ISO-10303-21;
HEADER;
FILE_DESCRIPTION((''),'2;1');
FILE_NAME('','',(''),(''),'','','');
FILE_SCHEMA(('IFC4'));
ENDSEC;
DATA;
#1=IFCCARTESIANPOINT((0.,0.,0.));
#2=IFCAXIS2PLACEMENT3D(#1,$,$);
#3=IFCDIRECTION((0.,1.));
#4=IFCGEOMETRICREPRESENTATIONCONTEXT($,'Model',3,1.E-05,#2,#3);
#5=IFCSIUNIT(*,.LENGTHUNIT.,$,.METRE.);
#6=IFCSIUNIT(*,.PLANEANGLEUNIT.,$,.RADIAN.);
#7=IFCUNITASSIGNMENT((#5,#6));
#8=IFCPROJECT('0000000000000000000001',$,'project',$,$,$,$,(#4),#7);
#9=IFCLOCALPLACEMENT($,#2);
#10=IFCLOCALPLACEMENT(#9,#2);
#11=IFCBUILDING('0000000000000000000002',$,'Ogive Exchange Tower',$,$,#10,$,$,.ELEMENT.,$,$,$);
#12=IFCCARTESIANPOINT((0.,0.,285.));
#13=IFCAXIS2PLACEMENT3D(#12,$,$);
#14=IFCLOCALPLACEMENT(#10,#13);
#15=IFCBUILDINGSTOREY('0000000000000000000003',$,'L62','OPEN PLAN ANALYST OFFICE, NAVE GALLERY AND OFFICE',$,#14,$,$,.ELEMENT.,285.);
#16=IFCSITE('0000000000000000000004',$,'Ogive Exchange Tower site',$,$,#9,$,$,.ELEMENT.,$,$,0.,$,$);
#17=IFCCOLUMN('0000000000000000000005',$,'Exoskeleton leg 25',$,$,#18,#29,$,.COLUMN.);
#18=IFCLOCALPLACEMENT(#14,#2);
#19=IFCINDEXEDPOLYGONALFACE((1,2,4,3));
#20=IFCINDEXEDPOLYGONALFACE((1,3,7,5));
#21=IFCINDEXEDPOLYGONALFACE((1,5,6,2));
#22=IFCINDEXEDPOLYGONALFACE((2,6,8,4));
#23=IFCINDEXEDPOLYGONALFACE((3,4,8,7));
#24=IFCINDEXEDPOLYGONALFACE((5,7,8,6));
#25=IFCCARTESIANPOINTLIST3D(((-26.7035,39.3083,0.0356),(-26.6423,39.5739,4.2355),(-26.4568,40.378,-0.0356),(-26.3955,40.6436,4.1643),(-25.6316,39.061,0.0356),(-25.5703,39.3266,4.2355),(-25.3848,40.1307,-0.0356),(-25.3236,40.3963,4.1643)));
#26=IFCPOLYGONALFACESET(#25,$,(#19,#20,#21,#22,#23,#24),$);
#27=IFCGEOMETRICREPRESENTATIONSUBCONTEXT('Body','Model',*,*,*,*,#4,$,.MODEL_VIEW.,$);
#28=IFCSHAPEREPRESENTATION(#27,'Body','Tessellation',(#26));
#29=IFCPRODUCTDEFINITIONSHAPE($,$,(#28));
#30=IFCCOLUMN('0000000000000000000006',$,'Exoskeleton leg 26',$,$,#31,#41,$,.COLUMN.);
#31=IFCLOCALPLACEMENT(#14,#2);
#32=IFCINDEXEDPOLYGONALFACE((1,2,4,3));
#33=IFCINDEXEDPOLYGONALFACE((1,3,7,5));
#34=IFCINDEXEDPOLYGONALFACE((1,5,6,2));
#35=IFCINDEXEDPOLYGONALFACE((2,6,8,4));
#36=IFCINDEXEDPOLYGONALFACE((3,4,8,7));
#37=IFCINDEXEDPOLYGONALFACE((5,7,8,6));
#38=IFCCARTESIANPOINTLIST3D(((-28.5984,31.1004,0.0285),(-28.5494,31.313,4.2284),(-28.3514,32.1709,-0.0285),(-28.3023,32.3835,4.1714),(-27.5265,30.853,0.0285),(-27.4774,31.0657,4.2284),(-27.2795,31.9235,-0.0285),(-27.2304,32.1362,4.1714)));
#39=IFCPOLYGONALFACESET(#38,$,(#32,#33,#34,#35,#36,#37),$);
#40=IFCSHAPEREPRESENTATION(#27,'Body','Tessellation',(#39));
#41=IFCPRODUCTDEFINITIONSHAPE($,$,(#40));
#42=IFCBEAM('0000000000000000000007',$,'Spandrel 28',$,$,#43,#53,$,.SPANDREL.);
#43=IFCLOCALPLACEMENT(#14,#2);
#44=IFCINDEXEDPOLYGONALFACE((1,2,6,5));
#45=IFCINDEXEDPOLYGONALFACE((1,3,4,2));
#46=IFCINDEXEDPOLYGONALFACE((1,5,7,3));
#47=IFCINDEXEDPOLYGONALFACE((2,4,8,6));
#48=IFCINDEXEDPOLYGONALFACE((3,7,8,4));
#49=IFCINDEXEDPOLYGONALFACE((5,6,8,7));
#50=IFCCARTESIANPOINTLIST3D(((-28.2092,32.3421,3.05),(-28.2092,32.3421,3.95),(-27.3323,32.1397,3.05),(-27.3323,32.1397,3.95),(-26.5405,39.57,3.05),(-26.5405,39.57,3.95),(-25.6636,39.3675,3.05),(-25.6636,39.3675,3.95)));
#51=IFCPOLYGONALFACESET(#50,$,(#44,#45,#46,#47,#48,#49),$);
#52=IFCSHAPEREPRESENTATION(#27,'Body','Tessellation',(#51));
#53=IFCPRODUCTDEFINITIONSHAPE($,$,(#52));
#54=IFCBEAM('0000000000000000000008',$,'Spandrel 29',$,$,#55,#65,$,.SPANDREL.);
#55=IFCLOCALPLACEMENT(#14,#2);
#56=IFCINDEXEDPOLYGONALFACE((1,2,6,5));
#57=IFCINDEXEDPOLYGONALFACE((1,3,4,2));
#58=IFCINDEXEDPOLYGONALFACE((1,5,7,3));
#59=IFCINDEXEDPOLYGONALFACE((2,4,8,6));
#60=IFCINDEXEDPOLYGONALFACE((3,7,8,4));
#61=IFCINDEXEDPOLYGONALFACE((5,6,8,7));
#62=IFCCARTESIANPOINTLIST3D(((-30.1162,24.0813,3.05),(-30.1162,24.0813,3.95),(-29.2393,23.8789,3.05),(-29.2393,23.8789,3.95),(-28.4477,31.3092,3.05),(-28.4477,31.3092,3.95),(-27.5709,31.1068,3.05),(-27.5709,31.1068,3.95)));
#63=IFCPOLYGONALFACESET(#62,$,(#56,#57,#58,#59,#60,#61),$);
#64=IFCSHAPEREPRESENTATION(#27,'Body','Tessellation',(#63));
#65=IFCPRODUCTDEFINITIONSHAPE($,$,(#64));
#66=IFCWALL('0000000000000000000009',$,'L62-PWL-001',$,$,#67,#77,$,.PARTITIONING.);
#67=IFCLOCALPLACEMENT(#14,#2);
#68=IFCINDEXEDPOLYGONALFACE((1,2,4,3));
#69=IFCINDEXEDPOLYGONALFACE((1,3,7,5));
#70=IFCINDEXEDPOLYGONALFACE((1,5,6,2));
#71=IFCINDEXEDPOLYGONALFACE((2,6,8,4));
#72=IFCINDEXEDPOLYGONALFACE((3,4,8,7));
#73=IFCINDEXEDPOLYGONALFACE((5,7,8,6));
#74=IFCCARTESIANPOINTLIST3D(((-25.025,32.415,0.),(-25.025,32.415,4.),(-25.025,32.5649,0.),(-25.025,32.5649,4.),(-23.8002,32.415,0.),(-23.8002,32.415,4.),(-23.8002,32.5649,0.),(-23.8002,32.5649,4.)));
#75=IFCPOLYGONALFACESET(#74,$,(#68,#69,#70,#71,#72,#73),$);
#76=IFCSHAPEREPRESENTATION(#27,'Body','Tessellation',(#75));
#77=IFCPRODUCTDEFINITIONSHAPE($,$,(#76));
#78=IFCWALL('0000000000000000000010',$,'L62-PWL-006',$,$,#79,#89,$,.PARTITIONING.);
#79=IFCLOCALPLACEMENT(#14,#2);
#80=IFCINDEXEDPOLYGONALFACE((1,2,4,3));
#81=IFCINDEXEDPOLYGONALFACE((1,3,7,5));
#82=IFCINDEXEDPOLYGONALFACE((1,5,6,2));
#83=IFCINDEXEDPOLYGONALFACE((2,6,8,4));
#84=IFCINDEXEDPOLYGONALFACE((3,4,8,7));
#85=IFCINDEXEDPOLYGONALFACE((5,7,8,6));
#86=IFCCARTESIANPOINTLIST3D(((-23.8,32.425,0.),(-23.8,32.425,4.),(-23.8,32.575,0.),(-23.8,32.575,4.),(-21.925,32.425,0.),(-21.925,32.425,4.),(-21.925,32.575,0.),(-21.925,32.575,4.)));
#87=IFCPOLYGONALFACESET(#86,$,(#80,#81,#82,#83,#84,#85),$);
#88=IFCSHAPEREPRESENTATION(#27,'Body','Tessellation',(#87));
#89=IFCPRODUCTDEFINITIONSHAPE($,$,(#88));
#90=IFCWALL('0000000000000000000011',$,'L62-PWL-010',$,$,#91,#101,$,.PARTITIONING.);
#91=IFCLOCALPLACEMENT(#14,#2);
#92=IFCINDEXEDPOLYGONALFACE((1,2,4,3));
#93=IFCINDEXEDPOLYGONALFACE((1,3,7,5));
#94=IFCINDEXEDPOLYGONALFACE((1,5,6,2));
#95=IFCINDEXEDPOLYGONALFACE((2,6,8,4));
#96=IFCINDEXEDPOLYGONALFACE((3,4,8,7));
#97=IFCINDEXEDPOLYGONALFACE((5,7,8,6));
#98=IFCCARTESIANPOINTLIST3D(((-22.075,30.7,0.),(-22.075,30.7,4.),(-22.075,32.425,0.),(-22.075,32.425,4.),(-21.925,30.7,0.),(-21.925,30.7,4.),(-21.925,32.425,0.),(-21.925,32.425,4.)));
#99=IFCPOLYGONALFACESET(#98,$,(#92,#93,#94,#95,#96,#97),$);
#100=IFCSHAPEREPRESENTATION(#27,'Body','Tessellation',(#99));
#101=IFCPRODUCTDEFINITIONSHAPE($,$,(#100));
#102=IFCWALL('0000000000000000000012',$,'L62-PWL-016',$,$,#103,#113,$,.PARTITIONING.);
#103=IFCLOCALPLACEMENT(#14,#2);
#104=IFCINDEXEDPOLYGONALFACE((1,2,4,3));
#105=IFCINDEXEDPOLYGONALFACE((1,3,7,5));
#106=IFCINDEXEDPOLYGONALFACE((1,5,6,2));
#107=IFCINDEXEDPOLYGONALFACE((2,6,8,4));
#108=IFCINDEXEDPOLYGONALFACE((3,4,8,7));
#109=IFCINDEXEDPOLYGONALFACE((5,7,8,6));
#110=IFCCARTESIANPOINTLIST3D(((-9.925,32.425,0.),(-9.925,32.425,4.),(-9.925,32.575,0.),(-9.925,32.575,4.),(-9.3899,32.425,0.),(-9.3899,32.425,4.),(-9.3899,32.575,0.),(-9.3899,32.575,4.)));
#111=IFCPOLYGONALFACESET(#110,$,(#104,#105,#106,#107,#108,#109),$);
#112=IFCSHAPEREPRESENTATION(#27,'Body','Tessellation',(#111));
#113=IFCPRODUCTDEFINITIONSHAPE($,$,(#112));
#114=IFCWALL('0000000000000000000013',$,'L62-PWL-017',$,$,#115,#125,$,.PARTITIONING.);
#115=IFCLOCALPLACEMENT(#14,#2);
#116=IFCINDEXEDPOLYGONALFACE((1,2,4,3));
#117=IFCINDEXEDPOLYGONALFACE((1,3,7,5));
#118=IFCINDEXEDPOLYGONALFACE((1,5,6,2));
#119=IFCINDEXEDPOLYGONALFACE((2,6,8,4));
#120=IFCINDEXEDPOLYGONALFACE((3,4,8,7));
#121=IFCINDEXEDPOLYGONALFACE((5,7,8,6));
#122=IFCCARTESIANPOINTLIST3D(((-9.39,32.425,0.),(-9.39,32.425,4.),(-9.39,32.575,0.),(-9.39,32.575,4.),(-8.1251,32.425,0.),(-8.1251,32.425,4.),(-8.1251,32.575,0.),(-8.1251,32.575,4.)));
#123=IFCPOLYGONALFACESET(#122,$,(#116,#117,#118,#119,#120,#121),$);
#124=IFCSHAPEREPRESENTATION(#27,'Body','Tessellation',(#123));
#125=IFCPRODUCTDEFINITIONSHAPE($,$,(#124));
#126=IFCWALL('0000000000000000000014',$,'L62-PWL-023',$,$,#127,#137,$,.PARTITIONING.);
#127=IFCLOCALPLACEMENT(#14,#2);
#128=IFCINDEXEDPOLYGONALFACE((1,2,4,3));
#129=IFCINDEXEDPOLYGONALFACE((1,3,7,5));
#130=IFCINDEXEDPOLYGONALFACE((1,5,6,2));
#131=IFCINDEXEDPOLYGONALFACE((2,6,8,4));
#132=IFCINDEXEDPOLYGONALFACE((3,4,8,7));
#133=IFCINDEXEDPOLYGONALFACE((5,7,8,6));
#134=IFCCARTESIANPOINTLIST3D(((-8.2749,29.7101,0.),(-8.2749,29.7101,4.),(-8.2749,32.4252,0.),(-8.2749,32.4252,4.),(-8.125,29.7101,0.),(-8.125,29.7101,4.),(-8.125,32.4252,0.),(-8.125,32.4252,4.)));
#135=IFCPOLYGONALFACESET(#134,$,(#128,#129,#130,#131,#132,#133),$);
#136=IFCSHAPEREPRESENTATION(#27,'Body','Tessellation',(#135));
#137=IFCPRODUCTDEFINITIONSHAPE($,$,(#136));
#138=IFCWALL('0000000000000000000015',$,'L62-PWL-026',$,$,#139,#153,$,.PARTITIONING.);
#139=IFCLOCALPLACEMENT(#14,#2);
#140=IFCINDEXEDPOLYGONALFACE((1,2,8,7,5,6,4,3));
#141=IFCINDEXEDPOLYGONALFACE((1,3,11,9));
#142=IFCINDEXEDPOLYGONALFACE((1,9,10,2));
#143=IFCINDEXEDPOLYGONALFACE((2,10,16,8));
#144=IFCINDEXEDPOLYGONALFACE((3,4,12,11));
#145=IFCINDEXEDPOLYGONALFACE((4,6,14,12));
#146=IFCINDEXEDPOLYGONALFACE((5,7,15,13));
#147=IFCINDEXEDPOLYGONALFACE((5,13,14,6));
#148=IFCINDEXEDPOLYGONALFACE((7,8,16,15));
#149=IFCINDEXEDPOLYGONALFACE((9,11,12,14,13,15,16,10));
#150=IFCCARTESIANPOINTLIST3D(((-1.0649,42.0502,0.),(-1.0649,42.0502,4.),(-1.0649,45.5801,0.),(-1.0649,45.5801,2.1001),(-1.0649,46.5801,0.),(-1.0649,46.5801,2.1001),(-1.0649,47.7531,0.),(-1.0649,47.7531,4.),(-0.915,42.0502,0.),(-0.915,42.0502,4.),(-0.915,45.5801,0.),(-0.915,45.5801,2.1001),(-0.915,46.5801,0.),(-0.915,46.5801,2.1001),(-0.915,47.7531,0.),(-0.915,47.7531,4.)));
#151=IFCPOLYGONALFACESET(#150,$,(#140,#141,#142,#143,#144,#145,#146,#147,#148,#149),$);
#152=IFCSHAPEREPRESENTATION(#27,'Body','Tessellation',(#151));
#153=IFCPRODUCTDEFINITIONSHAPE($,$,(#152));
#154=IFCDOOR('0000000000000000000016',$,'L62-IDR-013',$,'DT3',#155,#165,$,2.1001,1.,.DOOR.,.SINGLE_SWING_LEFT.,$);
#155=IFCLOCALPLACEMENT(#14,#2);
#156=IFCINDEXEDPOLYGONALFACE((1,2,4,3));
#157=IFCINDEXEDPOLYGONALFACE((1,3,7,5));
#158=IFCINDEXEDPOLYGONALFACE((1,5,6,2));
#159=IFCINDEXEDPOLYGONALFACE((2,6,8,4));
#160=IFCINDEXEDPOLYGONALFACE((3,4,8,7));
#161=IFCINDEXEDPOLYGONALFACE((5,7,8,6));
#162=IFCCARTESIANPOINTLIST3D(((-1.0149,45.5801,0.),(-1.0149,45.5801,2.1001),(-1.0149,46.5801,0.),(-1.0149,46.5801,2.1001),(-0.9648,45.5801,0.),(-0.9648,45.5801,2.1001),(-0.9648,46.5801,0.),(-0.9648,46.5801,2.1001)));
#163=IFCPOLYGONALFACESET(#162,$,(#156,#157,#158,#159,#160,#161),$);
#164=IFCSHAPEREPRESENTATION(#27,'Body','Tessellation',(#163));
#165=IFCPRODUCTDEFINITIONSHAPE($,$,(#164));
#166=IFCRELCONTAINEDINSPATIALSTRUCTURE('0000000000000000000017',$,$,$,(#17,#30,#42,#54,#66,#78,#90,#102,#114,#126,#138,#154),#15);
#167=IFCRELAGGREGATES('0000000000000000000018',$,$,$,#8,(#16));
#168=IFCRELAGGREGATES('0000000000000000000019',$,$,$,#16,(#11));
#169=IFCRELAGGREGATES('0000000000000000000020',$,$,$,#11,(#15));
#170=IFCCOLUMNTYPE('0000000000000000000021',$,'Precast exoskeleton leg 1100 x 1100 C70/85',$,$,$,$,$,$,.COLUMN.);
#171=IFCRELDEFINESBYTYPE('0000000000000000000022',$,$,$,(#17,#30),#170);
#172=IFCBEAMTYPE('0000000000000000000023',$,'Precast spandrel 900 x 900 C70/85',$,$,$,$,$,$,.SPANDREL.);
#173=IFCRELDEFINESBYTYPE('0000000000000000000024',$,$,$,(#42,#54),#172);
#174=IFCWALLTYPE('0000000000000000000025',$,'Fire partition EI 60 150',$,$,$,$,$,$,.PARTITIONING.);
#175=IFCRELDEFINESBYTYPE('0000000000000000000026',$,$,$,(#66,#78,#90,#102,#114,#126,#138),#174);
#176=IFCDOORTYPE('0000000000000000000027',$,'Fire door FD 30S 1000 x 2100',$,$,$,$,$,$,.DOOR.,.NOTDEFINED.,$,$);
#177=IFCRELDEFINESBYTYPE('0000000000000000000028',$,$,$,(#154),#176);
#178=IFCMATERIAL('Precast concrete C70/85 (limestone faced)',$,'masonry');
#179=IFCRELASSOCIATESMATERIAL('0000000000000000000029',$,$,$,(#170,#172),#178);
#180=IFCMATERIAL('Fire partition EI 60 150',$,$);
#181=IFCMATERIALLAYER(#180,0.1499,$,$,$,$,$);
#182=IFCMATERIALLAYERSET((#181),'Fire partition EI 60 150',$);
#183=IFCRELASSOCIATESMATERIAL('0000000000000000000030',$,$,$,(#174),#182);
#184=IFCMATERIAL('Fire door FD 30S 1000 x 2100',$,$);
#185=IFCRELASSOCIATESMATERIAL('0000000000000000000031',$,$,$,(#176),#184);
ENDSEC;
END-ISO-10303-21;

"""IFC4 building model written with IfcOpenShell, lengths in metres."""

from ifc_helpers import new_model, si_unit, direction, frame, frame_2d, origin, origin_2d, place, context, subcontext, project, spatial, rectangle, extrude, material, layer, layer_set, material_profile, profile_set, type_object, element, fill, save


model = new_model("IFC4")

# Units and contexts
model_context = context("Model", 3, precision=1e-05, world=origin(), true_north=direction((0.0, 1.0)))
body_context = subcontext(model_context, "Body", "Model", "MODEL_VIEW")
ifc_project = project(units=[si_unit("LENGTHUNIT", "METRE"), si_unit("PLANEANGLEUNIT", "RADIAN")], contexts=[model_context])

# Site, building, storey
site_placement = place(None, origin())
site = spatial("IfcSite", under=ifc_project, at=site_placement, Name="Ogive Exchange Tower site", CompositionType="ELEMENT", RefElevation=0.0)
building_placement = place(site_placement, origin())
building = spatial("IfcBuilding", under=site, at=building_placement, Name="Ogive Exchange Tower", CompositionType="ELEMENT")
storey_placement = place(building_placement, frame((0.0, 0.0, 285.0)))
storey = spatial("IfcBuildingStorey", under=building, at=storey_placement, Name="L62", Description="OPEN PLAN ANALYST OFFICE, NAVE GALLERY AND OFFICE", CompositionType="ELEMENT", Elevation=285.0)

# Columns
ifc_material_1 = material(Name="Precast concrete C70/85 (limestone faced)", Category="masonry")
ifc_material_profile_1 = material_profile(ifc_material_1, rectangle(XDim=1.1001, YDim=1.1001, at=origin_2d()), Name="1100 x 1100")
ifc_profile_set_1 = profile_set([ifc_material_profile_1], Name="Precast concrete C70/85 (limestone faced)")
column_type = type_object("IfcColumnType", Name="Precast exoskeleton leg 1100 x 1100 C70/85", PredefinedType="COLUMN", material=ifc_profile_set_1)
column_1_placement = place(storey_placement, frame((-26.0442, 39.7195, 0.0), z_axis=(0.01456, 0.063112, 0.9979), x_axis=(-0.974406, 0.224794, 0.0)))
element("IfcColumn", 1, at=column_1_placement, inside=storey, type_object=column_type, Name="Exoskeleton leg 25", PredefinedType="COLUMN", context=body_context, shape_type="SweptSolid", body=[
    extrude(rectangle(XDim=1.1001, YDim=1.1001, at=origin_2d()), origin(), (0.0, 0.0, 1.0), 4.2087),
])
column_2_placement = place(storey_placement, frame((-27.939, 31.512, 0.0), z_axis=(0.011668, 0.050562, 0.998653), x_axis=(-0.974391, 0.22486, 0.0)))
element("IfcColumn", 2, at=column_2_placement, inside=storey, type_object=column_type, Name="Exoskeleton leg 26", PredefinedType="COLUMN", context=body_context, shape_type="SweptSolid", body=[
    extrude(rectangle(XDim=1.1001, YDim=1.1001, at=origin_2d()), origin(), (0.0, 0.0, 1.0), 4.2056),
])

# Beams
ifc_material_profile_2 = material_profile(ifc_material_1, rectangle(XDim=0.8999, YDim=0.8999, at=origin_2d()), Name="900 x 900")
ifc_profile_set_2 = profile_set([ifc_material_profile_2], Name="Precast concrete C70/85 (limestone faced)")
beam_type = type_object("IfcBeamType", Name="Precast spandrel 900 x 900 C70/85", PredefinedType="SPANDREL", material=ifc_profile_set_2)
for number, where, z_axis, x_axis, name in (
    (3, (-26.1021, 39.4688, 3.5), (-0.224956, -0.974369, 0.0), (0.974369, -0.224956, 0.0), "Spandrel 28"),
    (4, (-28.0093, 31.208, 3.5), (-0.224924, -0.974376, 0.0), (0.974376, -0.224924, 0.0), "Spandrel 29"),
):
    element("IfcBeam", number, at=place(storey_placement, frame(where, z_axis=z_axis, x_axis=x_axis)), inside=storey, type_object=beam_type, Name=name, PredefinedType="SPANDREL", context=body_context, shape_type="SweptSolid", body=[
        extrude(rectangle(XDim=0.8999, YDim=0.8999, at=origin_2d()), origin(), (0.0, 0.0, 1.0), 7.418),
    ])

# Walls
ifc_material_2 = material(Name="Fire partition EI 60 150")
ifc_layer_1 = layer(ifc_material_2, 0.1499)
ifc_layer_set_1 = layer_set([ifc_layer_1], Name="Fire partition EI 60 150")
wall_type_1 = type_object("IfcWallType", Name="Fire partition EI 60 150", PredefinedType="PARTITIONING", material=ifc_layer_set_1)
wall_1_placement = place(storey_placement, frame((-25.0249, 32.49, 0.0), z_axis=(0.0, 0.0, 1.0), x_axis=(1.0, 0.0, 0.0)))
element("IfcWall", 5, at=wall_1_placement, inside=storey, type_object=wall_type_1, Name="L62-PWL-001", PredefinedType="PARTITIONING", context=body_context, shape_type="SweptSolid", body=[
    extrude(rectangle(XDim=1.2249, YDim=0.1499, at=frame_2d((0.6123, 0.0))), origin(), (0.0, 0.0, 1.0), 4.0),
])
wall_2_placement = place(storey_placement, frame((-23.8, 32.5, 0.0), z_axis=(0.0, 0.0, 1.0), x_axis=(1.0, 0.0, 0.0)))
element("IfcWall", 6, at=wall_2_placement, inside=storey, type_object=wall_type_1, Name="L62-PWL-006", PredefinedType="PARTITIONING", context=body_context, shape_type="SweptSolid", body=[
    extrude(rectangle(XDim=1.875, YDim=0.1499, at=frame_2d((0.9375, 0.0))), origin(), (0.0, 0.0, 1.0), 4.0),
])
wall_3_placement = place(storey_placement, frame((-22.0, 32.425, 0.0), z_axis=(0.0, 0.0, 1.0), x_axis=(0.0, -1.0, 0.0)))
element("IfcWall", 7, at=wall_3_placement, inside=storey, type_object=wall_type_1, Name="L62-PWL-010", PredefinedType="PARTITIONING", context=body_context, shape_type="SweptSolid", body=[
    extrude(rectangle(XDim=1.7251, YDim=0.1499, at=frame_2d((0.8625, 0.0))), origin(), (0.0, 0.0, 1.0), 4.0),
])
wall_4_placement = place(storey_placement, frame((-9.925, 32.5, 0.0), z_axis=(0.0, 0.0, 1.0), x_axis=(1.0, 0.0, 0.0)))
element("IfcWall", 8, at=wall_4_placement, inside=storey, type_object=wall_type_1, Name="L62-PWL-016", PredefinedType="PARTITIONING", context=body_context, shape_type="SweptSolid", body=[
    extrude(rectangle(XDim=0.5352, YDim=0.1499, at=frame_2d((0.2676, 0.0))), origin(), (0.0, 0.0, 1.0), 4.0),
])
wall_5_placement = place(storey_placement, frame((-9.3899, 32.5, 0.0), z_axis=(0.0, 0.0, 1.0), x_axis=(1.0, 0.0, 0.0)))
element("IfcWall", 9, at=wall_5_placement, inside=storey, type_object=wall_type_1, Name="L62-PWL-017", PredefinedType="PARTITIONING", context=body_context, shape_type="SweptSolid", body=[
    extrude(rectangle(XDim=1.2649, YDim=0.1499, at=frame_2d((0.6323, 0.0))), origin(), (0.0, 0.0, 1.0), 4.0),
])
wall_6_placement = place(storey_placement, frame((-8.2, 32.425, 0.0), z_axis=(0.0, 0.0, 1.0), x_axis=(0.0, -1.0, 0.0)))
element("IfcWall", 10, at=wall_6_placement, inside=storey, type_object=wall_type_1, Name="L62-PWL-023", PredefinedType="PARTITIONING", context=body_context, shape_type="SweptSolid", body=[
    extrude(rectangle(XDim=2.7151, YDim=0.1499, at=frame_2d((1.3574, 0.0))), origin(), (0.0, 0.0, 1.0), 4.0),
])

# Wall, opening, door
wall_7_placement = place(storey_placement, frame((-0.99, 42.05, 0.0), z_axis=(0.0, 0.0, 1.0), x_axis=(0.0, 1.0, 0.0)))
wall_7 = element("IfcWall", 11, at=wall_7_placement, inside=storey, type_object=wall_type_1, Name="L62-PWL-026", PredefinedType="PARTITIONING", context=body_context, shape_type="SweptSolid", body=[
    extrude(rectangle(XDim=5.7029, YDim=0.1499, at=frame_2d((2.8516, 0.0))), origin(), (0.0, 0.0, 1.0), 4.0),
])
opening_1_placement = place(wall_7_placement, frame((3.53, 0.0, 0.0)))
opening_1 = element("IfcOpeningElement", 12, at=opening_1_placement, cuts=wall_7, PredefinedType="OPENING", context=body_context, shape_type="SweptSolid", body=[
    extrude(rectangle(XDim=1.0, YDim=2.1001, at=frame_2d((0.5, 1.05))), frame((0.0, 0.085, 0.0), z_axis=(0.0, -1.0, 0.0), x_axis=(1.0, 0.0, 0.0)), (0.0, 0.0, 1.0), 0.1699),
])
ifc_material_3 = material(Name="Fire door FD 30S 1000 x 2100")
door_type_1 = type_object("IfcDoorType", Name="Fire door FD 30S 1000 x 2100", OperationType="NOTDEFINED", PredefinedType="DOOR", material=ifc_material_3)
door_1_placement = place(opening_1_placement, origin())
door_1 = element("IfcDoor", 13, at=door_1_placement, inside=storey, type_object=door_type_1, Name="L62-IDR-013", ObjectType="DT3", OperationType="SINGLE_SWING_LEFT", OverallHeight=2.1001, OverallWidth=1.0, PredefinedType="DOOR", context=body_context, shape_type="SweptSolid", body=[
    extrude(rectangle(XDim=1.0, YDim=2.1001, at=frame_2d((0.5, 1.05))), frame((0.0, 0.0249, 0.0), z_axis=(0.0, -1.0, 0.0), x_axis=(1.0, 0.0, 0.0)), (0.0, 0.0, 1.0), 0.05),
])
fill(opening_1, door_1)

save(model, "model.ifc")
